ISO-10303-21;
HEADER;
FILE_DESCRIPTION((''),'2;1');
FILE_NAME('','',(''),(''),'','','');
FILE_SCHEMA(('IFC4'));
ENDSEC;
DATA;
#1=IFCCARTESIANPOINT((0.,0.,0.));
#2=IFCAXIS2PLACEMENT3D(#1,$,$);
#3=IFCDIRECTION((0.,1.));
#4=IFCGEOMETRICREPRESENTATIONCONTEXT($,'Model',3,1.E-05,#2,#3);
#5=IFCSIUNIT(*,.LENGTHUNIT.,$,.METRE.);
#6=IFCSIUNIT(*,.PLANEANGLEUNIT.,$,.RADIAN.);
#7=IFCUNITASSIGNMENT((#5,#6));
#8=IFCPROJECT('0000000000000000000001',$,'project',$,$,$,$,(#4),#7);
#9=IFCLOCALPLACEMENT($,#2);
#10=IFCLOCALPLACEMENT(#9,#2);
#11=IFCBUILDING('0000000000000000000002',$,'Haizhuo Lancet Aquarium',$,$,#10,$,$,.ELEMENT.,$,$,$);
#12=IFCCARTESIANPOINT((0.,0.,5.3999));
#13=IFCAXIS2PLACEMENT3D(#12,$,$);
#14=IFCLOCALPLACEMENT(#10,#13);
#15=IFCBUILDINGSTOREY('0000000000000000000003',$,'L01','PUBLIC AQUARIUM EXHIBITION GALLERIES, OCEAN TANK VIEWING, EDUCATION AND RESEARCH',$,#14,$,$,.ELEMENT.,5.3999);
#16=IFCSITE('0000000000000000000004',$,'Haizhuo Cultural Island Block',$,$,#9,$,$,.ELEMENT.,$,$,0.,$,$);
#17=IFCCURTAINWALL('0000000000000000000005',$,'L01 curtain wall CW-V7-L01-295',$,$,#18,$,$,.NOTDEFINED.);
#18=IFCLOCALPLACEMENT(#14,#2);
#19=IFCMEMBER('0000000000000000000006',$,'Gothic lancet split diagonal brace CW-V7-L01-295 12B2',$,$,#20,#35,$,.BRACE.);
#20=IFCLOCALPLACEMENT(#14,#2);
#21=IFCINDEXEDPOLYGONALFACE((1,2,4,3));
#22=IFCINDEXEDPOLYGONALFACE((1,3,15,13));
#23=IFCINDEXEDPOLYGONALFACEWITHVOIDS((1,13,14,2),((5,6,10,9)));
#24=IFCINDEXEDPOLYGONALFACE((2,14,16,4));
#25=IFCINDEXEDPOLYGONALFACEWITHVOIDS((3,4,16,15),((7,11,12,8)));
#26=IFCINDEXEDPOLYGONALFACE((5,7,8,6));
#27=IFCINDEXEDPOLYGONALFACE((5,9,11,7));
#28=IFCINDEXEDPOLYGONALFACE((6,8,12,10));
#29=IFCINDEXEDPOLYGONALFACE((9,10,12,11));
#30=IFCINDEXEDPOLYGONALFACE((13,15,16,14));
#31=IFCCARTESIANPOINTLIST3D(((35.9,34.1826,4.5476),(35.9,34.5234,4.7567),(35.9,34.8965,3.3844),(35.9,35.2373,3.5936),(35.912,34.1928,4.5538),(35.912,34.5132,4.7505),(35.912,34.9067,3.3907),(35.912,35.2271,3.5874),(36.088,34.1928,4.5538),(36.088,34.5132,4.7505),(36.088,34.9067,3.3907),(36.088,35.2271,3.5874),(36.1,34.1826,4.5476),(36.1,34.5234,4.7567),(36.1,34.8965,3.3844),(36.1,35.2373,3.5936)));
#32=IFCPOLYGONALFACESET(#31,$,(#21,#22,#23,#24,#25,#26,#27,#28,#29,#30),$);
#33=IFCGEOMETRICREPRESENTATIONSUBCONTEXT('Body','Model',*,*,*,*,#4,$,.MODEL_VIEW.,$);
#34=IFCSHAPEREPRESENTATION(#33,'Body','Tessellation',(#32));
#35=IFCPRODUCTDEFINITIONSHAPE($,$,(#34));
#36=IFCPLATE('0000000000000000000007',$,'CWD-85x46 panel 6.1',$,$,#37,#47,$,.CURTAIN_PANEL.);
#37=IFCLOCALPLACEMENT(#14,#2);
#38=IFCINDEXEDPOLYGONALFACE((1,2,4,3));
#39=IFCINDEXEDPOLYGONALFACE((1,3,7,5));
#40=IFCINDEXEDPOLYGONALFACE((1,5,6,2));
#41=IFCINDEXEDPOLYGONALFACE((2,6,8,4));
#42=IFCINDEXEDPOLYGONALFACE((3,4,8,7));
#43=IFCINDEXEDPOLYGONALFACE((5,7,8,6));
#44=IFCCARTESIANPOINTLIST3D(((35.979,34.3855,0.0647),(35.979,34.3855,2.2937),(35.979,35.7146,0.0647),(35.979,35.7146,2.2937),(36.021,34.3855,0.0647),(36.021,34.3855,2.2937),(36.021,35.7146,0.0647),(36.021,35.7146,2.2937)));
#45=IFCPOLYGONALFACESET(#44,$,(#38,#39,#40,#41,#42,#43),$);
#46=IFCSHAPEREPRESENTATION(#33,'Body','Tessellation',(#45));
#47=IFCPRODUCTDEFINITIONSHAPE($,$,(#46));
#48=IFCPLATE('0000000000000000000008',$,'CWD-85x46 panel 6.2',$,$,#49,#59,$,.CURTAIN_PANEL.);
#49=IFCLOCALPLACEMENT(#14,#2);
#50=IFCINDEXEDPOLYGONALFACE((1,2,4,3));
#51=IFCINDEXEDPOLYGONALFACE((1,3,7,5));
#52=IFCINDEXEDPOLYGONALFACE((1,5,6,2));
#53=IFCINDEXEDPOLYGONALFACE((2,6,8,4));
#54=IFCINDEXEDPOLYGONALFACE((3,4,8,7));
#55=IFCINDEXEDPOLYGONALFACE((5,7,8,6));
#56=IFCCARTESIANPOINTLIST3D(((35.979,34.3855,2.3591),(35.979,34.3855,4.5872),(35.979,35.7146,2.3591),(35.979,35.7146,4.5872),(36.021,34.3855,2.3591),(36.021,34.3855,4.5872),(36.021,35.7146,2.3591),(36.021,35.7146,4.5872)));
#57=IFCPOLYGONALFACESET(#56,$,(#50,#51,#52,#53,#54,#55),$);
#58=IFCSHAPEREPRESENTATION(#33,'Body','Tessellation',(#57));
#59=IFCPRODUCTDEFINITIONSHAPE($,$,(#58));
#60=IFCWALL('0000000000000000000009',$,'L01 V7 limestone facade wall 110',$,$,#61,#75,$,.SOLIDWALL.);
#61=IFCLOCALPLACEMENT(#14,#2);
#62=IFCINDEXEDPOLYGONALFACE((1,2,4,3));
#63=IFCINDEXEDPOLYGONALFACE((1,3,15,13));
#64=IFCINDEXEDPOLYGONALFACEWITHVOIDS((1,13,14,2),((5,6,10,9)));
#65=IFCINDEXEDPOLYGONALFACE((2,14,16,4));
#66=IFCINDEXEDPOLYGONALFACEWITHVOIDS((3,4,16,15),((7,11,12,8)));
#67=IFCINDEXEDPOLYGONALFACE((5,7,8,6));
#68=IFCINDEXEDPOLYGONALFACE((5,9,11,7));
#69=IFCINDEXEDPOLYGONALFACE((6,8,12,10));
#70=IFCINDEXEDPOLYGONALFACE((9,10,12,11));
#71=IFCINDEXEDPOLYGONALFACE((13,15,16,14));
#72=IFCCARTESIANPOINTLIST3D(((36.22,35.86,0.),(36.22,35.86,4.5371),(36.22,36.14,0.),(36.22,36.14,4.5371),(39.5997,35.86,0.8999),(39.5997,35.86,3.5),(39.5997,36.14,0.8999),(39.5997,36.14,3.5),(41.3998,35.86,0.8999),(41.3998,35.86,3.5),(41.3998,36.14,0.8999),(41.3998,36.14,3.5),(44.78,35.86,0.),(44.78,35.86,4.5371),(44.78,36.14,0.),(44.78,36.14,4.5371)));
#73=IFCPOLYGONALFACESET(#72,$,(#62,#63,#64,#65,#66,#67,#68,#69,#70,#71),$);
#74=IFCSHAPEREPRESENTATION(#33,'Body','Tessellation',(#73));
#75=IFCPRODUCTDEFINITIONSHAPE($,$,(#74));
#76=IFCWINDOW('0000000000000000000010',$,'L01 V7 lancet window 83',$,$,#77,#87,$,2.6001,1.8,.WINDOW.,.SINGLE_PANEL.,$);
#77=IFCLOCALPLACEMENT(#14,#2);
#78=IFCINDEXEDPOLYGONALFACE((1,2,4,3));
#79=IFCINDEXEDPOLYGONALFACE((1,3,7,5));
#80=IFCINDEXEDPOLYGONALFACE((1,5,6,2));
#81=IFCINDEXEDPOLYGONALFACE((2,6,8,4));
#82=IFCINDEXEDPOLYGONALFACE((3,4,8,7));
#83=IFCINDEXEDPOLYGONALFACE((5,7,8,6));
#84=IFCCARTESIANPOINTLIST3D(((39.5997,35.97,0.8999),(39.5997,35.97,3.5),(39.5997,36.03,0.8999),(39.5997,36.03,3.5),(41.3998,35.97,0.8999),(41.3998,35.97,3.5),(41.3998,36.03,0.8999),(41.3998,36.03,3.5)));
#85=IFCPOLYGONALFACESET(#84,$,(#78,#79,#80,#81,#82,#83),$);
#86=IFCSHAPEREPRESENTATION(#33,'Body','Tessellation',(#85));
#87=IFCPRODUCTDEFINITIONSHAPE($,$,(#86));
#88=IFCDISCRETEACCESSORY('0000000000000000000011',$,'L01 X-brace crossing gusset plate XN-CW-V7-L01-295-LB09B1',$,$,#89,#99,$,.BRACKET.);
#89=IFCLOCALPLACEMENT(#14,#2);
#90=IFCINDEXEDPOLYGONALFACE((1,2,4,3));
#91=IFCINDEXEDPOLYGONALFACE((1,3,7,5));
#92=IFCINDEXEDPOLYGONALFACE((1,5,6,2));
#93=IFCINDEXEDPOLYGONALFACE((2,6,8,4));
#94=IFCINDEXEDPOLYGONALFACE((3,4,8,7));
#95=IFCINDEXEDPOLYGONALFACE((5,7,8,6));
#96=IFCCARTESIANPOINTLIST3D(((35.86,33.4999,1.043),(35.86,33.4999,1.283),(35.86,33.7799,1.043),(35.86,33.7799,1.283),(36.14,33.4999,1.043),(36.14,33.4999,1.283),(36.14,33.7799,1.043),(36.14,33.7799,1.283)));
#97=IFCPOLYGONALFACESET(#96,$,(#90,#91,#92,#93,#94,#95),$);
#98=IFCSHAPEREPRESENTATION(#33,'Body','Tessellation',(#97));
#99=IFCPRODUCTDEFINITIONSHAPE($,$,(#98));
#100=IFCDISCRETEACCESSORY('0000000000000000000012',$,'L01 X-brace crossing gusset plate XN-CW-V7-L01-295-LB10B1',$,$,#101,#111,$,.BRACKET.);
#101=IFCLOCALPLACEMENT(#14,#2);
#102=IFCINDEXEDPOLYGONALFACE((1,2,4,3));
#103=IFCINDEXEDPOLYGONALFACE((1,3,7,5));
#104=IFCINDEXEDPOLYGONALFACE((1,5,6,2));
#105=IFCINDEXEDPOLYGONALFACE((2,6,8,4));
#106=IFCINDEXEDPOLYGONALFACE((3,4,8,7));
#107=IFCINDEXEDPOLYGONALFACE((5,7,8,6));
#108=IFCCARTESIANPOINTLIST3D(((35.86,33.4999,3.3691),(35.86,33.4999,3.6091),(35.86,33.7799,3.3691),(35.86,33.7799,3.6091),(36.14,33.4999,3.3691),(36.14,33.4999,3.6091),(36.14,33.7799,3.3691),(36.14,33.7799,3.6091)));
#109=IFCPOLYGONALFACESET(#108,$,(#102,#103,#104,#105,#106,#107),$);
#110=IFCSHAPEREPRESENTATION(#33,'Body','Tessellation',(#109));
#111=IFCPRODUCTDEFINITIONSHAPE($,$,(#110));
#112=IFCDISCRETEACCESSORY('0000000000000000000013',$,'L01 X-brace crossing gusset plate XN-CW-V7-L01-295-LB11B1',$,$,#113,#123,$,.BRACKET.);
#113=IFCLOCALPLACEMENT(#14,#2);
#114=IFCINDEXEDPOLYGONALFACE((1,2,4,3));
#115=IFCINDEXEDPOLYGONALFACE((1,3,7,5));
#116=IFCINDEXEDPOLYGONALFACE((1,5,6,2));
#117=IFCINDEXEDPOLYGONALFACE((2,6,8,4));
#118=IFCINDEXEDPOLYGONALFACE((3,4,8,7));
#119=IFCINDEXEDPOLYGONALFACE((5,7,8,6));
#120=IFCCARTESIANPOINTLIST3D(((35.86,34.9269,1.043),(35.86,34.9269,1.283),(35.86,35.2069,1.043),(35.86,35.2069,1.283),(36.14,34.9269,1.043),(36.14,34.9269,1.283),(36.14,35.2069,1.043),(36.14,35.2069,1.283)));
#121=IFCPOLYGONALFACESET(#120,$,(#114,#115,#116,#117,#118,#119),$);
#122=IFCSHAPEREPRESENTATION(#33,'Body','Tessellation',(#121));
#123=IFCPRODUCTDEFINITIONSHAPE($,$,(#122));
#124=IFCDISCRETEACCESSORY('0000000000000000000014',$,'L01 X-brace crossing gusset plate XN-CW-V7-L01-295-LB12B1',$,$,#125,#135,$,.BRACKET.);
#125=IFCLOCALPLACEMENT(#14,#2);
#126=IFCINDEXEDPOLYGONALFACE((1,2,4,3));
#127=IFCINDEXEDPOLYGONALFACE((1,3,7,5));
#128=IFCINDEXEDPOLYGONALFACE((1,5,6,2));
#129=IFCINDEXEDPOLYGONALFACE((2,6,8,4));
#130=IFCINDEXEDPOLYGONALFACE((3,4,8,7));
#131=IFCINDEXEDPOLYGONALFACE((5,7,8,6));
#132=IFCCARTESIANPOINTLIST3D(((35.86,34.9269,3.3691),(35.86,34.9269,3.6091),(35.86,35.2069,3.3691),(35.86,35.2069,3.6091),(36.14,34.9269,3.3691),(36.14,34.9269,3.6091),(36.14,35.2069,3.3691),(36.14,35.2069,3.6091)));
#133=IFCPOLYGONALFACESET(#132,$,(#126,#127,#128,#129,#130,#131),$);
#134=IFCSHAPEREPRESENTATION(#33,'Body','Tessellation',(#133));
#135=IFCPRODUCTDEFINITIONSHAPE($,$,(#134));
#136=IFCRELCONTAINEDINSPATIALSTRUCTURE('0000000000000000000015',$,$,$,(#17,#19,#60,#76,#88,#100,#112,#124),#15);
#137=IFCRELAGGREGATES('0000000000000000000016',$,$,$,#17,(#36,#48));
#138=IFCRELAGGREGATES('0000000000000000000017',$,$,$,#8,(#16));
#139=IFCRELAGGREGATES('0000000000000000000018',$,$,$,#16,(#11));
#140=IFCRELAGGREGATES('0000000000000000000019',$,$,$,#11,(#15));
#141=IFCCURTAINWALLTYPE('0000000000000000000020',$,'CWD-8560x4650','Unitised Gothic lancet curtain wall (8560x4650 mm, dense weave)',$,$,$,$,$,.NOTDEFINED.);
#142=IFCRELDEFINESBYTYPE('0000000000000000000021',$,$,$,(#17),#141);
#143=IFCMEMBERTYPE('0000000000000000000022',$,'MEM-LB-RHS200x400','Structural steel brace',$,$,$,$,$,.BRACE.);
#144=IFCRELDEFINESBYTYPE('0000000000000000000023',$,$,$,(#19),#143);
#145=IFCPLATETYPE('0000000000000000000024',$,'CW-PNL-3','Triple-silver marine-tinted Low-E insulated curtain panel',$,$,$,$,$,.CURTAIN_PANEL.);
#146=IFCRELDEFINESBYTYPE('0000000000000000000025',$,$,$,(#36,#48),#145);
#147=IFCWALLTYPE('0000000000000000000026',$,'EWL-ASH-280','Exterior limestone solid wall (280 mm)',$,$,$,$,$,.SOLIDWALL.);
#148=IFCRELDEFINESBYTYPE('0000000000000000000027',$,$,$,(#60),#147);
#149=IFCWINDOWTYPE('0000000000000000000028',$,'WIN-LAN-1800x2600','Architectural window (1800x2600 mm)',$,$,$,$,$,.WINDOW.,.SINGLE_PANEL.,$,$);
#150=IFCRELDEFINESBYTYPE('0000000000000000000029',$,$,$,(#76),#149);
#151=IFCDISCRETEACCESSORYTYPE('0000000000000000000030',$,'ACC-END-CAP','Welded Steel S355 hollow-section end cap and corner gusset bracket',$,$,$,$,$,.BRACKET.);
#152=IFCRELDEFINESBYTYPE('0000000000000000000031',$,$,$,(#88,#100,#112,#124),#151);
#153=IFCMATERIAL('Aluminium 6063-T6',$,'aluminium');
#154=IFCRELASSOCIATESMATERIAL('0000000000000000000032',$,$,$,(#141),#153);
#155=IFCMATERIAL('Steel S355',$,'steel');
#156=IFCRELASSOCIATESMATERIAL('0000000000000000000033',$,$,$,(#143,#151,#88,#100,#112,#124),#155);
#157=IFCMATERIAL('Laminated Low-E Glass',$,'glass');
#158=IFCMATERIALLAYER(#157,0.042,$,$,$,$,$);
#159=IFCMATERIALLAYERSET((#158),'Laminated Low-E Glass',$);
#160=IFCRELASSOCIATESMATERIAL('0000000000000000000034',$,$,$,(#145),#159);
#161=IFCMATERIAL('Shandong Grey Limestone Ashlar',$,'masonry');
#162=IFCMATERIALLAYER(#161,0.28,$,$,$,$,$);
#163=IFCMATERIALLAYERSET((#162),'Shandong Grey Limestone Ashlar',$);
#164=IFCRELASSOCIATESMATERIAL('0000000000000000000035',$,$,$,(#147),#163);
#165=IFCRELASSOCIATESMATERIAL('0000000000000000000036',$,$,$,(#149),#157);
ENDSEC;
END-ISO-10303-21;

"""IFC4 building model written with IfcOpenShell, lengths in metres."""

from ifc_helpers import new_model, si_unit, direction, frame, frame_2d, origin, origin_2d, place, context, subcontext, project, spatial, rectangle, hollow_rectangle, extrude, material, layer, layer_set, material_profile, profile_set, type_object, element, fill, aggregate, save


model = new_model("IFC4")

# Units and contexts
model_context = context("Model", 3, precision=1e-05, world=origin(), true_north=direction((0.0, 1.0)))
body_context = subcontext(model_context, "Body", "Model", "MODEL_VIEW")
ifc_project = project(units=[si_unit("LENGTHUNIT", "METRE"), si_unit("PLANEANGLEUNIT", "RADIAN")], contexts=[model_context])

# Site, building, storey
site_placement = place(None, origin())
site = spatial("IfcSite", under=ifc_project, at=site_placement, Name="Haizhuo Cultural Island Block", CompositionType="ELEMENT", RefElevation=0.0)
building_placement = place(site_placement, origin())
building = spatial("IfcBuilding", under=site, at=building_placement, Name="Haizhuo Lancet Aquarium", CompositionType="ELEMENT")
storey_placement = place(building_placement, frame((0.0, 0.0, 5.3999)))
storey = spatial("IfcBuildingStorey", under=building, at=storey_placement, Name="L01", Description="PUBLIC AQUARIUM EXHIBITION GALLERIES, OCEAN TANK VIEWING, EDUCATION AND RESEARCH", CompositionType="ELEMENT", Elevation=5.3999)

# Shared definitions
ifc_material_1 = material(Name="Steel S355", Category="steel")

# Curtain wall
ifc_material_2 = material(Name="Aluminium 6063-T6", Category="aluminium")
curtain_wall_type = type_object("IfcCurtainWallType", Name="CWD-8560x4650", Description="Unitised Gothic lancet curtain wall (8560x4650 mm, dense weave)", PredefinedType="NOTDEFINED", material=ifc_material_2)
curtain_wall_placement = place(storey_placement, origin())
curtain_wall = element("IfcCurtainWall", 1, at=curtain_wall_placement, inside=storey, type_object=curtain_wall_type, Name="L01 curtain wall CW-V7-L01-295", PredefinedType="NOTDEFINED")

# Member
ifc_material_profile_1 = material_profile(ifc_material_1, hollow_rectangle(XDim=0.2, YDim=0.3999, WallThickness=0.012, at=origin_2d()), Name="RHS 200x400x12")
ifc_profile_set_1 = profile_set([ifc_material_profile_1], Name="Steel S355")
member_type_1 = type_object("IfcMemberType", Name="MEM-LB-RHS200x400", Description="Structural steel brace", PredefinedType="BRACE", material=ifc_profile_set_1)
member_1_placement = place(storey_placement, frame((36.0, 35.0669, 3.489), z_axis=(0.0, -0.523099, 0.852272), x_axis=(1.0, 0.0, 0.0)))
element("IfcMember", 2, at=member_1_placement, inside=storey, type_object=member_type_1, Name="Gothic lancet split diagonal brace CW-V7-L01-295 12B2", PredefinedType="BRACE", context=body_context, shape_type="SweptSolid", body=[
    extrude(hollow_rectangle(XDim=0.2, YDim=0.3999, WallThickness=0.012, at=origin_2d()), origin(), (0.0, 0.0, 1.0), 1.3647),
])

# Plates
ifc_material_3 = material(Name="Laminated Low-E Glass", Category="glass")
ifc_layer_1 = layer(ifc_material_3, 0.042)
ifc_layer_set_1 = layer_set([ifc_layer_1], Name="Laminated Low-E Glass")
plate_type = type_object("IfcPlateType", Name="CW-PNL-3", Description="Triple-silver marine-tinted Low-E insulated curtain panel", PredefinedType="CURTAIN_PANEL", material=ifc_layer_set_1)
plate_1_placement = place(storey_placement, frame((36.0, 35.05, 0.0647), z_axis=(0.0, 0.0, 1.0), x_axis=(0.0, 1.0, 0.0)))
plate_1 = element("IfcPlate", 3, at=plate_1_placement, type_object=plate_type, Name="CWD-85x46 panel 6.1", PredefinedType="CURTAIN_PANEL", context=body_context, shape_type="SweptSolid", body=[
    extrude(rectangle(XDim=1.3291, YDim=0.042, at=origin_2d()), origin(), (0.0, 0.0, 1.0), 2.229),
])
plate_2_placement = place(storey_placement, frame((36.0, 35.05, 2.3591), z_axis=(0.0, 0.0, 1.0), x_axis=(0.0, 1.0, 0.0)))
plate_2 = element("IfcPlate", 4, at=plate_2_placement, type_object=plate_type, Name="CWD-85x46 panel 6.2", PredefinedType="CURTAIN_PANEL", context=body_context, shape_type="SweptSolid", body=[
    extrude(rectangle(XDim=1.3291, YDim=0.042, at=origin_2d()), origin(), (0.0, 0.0, 1.0), 2.228),
])
aggregate(curtain_wall, [plate_1, plate_2])

# Wall, opening, window
ifc_material_4 = material(Name="Shandong Grey Limestone Ashlar", Category="masonry")
ifc_layer_2 = layer(ifc_material_4, 0.28)
ifc_layer_set_2 = layer_set([ifc_layer_2], Name="Shandong Grey Limestone Ashlar")
wall_type = type_object("IfcWallType", Name="EWL-ASH-280", Description="Exterior limestone solid wall (280 mm)", PredefinedType="SOLIDWALL", material=ifc_layer_set_2)
wall_placement = place(storey_placement, frame((36.22, 36.0, 0.0), z_axis=(0.0, 0.0, 1.0), x_axis=(1.0, 0.0, 0.0)))
wall = element("IfcWall", 5, at=wall_placement, inside=storey, type_object=wall_type, Name="L01 V7 limestone facade wall 110", PredefinedType="SOLIDWALL", context=body_context, shape_type="SweptSolid", body=[
    extrude(rectangle(XDim=8.5601, YDim=0.28, at=frame_2d((4.28, 0.0))), origin(), (0.0, 0.0, 1.0), 4.5371),
])
opening_placement = place(wall_placement, frame((3.3799, 0.0, 0.8999)))
opening = element("IfcOpeningElement", 6, at=opening_placement, cuts=wall, PredefinedType="OPENING", context=body_context, shape_type="SweptSolid", body=[
    extrude(rectangle(XDim=1.8, YDim=2.6001, at=frame_2d((0.8999, 1.3))), frame((0.0, 0.1499, 0.0), z_axis=(0.0, -1.0, 0.0), x_axis=(1.0, 0.0, 0.0)), (0.0, 0.0, 1.0), 0.3),
])
window_type = type_object("IfcWindowType", Name="WIN-LAN-1800x2600", Description="Architectural window (1800x2600 mm)", PartitioningType="SINGLE_PANEL", PredefinedType="WINDOW", material=ifc_material_3)
window_placement = place(opening_placement, origin())
window = element("IfcWindow", 7, at=window_placement, inside=storey, type_object=window_type, Name="L01 V7 lancet window 83", OverallHeight=2.6001, OverallWidth=1.8, PartitioningType="SINGLE_PANEL", PredefinedType="WINDOW", context=body_context, shape_type="SweptSolid", body=[
    extrude(rectangle(XDim=1.8, YDim=2.6001, at=frame_2d((0.8999, 1.3))), frame((0.0, 0.03, 0.0), z_axis=(0.0, -1.0, 0.0), x_axis=(1.0, 0.0, 0.0)), (0.0, 0.0, 1.0), 0.0601),
])
fill(opening, window)

# Discrete accessories
discrete_accessory_type = type_object("IfcDiscreteAccessoryType", Name="ACC-END-CAP", Description="Welded Steel S355 hollow-section end cap and corner gusset bracket", PredefinedType="BRACKET", material=ifc_material_1)
for number, where, z_axis, x_axis, name in (
    (8, (36.0, 33.6399, 1.043), (0.0, 0.0, 1.0), (1.0, 0.0, 0.0), "L01 X-brace crossing gusset plate XN-CW-V7-L01-295-LB09B1"),
    (9, (36.0, 33.6399, 3.3691), (0.0, 0.0, 1.0), (1.0, 0.0, 0.0), "L01 X-brace crossing gusset plate XN-CW-V7-L01-295-LB10B1"),
    (10, (36.0, 35.0669, 1.043), (0.0, 0.0, 1.0), (1.0, 0.0, 0.0), "L01 X-brace crossing gusset plate XN-CW-V7-L01-295-LB11B1"),
    (11, (36.0, 35.0669, 3.3691), (0.0, 0.0, 1.0), (1.0, 0.0, 0.0), "L01 X-brace crossing gusset plate XN-CW-V7-L01-295-LB12B1"),
):
    element("IfcDiscreteAccessory", number, at=place(storey_placement, frame(where, z_axis=z_axis, x_axis=x_axis)), inside=storey, type_object=discrete_accessory_type, material=ifc_material_1, Name=name, PredefinedType="BRACKET", context=body_context, shape_type="SweptSolid", body=[
        extrude(rectangle(XDim=0.28, YDim=0.28, at=origin_2d()), origin(), (0.0, 0.0, 1.0), 0.24),
    ])

save(model, "model.ifc")
